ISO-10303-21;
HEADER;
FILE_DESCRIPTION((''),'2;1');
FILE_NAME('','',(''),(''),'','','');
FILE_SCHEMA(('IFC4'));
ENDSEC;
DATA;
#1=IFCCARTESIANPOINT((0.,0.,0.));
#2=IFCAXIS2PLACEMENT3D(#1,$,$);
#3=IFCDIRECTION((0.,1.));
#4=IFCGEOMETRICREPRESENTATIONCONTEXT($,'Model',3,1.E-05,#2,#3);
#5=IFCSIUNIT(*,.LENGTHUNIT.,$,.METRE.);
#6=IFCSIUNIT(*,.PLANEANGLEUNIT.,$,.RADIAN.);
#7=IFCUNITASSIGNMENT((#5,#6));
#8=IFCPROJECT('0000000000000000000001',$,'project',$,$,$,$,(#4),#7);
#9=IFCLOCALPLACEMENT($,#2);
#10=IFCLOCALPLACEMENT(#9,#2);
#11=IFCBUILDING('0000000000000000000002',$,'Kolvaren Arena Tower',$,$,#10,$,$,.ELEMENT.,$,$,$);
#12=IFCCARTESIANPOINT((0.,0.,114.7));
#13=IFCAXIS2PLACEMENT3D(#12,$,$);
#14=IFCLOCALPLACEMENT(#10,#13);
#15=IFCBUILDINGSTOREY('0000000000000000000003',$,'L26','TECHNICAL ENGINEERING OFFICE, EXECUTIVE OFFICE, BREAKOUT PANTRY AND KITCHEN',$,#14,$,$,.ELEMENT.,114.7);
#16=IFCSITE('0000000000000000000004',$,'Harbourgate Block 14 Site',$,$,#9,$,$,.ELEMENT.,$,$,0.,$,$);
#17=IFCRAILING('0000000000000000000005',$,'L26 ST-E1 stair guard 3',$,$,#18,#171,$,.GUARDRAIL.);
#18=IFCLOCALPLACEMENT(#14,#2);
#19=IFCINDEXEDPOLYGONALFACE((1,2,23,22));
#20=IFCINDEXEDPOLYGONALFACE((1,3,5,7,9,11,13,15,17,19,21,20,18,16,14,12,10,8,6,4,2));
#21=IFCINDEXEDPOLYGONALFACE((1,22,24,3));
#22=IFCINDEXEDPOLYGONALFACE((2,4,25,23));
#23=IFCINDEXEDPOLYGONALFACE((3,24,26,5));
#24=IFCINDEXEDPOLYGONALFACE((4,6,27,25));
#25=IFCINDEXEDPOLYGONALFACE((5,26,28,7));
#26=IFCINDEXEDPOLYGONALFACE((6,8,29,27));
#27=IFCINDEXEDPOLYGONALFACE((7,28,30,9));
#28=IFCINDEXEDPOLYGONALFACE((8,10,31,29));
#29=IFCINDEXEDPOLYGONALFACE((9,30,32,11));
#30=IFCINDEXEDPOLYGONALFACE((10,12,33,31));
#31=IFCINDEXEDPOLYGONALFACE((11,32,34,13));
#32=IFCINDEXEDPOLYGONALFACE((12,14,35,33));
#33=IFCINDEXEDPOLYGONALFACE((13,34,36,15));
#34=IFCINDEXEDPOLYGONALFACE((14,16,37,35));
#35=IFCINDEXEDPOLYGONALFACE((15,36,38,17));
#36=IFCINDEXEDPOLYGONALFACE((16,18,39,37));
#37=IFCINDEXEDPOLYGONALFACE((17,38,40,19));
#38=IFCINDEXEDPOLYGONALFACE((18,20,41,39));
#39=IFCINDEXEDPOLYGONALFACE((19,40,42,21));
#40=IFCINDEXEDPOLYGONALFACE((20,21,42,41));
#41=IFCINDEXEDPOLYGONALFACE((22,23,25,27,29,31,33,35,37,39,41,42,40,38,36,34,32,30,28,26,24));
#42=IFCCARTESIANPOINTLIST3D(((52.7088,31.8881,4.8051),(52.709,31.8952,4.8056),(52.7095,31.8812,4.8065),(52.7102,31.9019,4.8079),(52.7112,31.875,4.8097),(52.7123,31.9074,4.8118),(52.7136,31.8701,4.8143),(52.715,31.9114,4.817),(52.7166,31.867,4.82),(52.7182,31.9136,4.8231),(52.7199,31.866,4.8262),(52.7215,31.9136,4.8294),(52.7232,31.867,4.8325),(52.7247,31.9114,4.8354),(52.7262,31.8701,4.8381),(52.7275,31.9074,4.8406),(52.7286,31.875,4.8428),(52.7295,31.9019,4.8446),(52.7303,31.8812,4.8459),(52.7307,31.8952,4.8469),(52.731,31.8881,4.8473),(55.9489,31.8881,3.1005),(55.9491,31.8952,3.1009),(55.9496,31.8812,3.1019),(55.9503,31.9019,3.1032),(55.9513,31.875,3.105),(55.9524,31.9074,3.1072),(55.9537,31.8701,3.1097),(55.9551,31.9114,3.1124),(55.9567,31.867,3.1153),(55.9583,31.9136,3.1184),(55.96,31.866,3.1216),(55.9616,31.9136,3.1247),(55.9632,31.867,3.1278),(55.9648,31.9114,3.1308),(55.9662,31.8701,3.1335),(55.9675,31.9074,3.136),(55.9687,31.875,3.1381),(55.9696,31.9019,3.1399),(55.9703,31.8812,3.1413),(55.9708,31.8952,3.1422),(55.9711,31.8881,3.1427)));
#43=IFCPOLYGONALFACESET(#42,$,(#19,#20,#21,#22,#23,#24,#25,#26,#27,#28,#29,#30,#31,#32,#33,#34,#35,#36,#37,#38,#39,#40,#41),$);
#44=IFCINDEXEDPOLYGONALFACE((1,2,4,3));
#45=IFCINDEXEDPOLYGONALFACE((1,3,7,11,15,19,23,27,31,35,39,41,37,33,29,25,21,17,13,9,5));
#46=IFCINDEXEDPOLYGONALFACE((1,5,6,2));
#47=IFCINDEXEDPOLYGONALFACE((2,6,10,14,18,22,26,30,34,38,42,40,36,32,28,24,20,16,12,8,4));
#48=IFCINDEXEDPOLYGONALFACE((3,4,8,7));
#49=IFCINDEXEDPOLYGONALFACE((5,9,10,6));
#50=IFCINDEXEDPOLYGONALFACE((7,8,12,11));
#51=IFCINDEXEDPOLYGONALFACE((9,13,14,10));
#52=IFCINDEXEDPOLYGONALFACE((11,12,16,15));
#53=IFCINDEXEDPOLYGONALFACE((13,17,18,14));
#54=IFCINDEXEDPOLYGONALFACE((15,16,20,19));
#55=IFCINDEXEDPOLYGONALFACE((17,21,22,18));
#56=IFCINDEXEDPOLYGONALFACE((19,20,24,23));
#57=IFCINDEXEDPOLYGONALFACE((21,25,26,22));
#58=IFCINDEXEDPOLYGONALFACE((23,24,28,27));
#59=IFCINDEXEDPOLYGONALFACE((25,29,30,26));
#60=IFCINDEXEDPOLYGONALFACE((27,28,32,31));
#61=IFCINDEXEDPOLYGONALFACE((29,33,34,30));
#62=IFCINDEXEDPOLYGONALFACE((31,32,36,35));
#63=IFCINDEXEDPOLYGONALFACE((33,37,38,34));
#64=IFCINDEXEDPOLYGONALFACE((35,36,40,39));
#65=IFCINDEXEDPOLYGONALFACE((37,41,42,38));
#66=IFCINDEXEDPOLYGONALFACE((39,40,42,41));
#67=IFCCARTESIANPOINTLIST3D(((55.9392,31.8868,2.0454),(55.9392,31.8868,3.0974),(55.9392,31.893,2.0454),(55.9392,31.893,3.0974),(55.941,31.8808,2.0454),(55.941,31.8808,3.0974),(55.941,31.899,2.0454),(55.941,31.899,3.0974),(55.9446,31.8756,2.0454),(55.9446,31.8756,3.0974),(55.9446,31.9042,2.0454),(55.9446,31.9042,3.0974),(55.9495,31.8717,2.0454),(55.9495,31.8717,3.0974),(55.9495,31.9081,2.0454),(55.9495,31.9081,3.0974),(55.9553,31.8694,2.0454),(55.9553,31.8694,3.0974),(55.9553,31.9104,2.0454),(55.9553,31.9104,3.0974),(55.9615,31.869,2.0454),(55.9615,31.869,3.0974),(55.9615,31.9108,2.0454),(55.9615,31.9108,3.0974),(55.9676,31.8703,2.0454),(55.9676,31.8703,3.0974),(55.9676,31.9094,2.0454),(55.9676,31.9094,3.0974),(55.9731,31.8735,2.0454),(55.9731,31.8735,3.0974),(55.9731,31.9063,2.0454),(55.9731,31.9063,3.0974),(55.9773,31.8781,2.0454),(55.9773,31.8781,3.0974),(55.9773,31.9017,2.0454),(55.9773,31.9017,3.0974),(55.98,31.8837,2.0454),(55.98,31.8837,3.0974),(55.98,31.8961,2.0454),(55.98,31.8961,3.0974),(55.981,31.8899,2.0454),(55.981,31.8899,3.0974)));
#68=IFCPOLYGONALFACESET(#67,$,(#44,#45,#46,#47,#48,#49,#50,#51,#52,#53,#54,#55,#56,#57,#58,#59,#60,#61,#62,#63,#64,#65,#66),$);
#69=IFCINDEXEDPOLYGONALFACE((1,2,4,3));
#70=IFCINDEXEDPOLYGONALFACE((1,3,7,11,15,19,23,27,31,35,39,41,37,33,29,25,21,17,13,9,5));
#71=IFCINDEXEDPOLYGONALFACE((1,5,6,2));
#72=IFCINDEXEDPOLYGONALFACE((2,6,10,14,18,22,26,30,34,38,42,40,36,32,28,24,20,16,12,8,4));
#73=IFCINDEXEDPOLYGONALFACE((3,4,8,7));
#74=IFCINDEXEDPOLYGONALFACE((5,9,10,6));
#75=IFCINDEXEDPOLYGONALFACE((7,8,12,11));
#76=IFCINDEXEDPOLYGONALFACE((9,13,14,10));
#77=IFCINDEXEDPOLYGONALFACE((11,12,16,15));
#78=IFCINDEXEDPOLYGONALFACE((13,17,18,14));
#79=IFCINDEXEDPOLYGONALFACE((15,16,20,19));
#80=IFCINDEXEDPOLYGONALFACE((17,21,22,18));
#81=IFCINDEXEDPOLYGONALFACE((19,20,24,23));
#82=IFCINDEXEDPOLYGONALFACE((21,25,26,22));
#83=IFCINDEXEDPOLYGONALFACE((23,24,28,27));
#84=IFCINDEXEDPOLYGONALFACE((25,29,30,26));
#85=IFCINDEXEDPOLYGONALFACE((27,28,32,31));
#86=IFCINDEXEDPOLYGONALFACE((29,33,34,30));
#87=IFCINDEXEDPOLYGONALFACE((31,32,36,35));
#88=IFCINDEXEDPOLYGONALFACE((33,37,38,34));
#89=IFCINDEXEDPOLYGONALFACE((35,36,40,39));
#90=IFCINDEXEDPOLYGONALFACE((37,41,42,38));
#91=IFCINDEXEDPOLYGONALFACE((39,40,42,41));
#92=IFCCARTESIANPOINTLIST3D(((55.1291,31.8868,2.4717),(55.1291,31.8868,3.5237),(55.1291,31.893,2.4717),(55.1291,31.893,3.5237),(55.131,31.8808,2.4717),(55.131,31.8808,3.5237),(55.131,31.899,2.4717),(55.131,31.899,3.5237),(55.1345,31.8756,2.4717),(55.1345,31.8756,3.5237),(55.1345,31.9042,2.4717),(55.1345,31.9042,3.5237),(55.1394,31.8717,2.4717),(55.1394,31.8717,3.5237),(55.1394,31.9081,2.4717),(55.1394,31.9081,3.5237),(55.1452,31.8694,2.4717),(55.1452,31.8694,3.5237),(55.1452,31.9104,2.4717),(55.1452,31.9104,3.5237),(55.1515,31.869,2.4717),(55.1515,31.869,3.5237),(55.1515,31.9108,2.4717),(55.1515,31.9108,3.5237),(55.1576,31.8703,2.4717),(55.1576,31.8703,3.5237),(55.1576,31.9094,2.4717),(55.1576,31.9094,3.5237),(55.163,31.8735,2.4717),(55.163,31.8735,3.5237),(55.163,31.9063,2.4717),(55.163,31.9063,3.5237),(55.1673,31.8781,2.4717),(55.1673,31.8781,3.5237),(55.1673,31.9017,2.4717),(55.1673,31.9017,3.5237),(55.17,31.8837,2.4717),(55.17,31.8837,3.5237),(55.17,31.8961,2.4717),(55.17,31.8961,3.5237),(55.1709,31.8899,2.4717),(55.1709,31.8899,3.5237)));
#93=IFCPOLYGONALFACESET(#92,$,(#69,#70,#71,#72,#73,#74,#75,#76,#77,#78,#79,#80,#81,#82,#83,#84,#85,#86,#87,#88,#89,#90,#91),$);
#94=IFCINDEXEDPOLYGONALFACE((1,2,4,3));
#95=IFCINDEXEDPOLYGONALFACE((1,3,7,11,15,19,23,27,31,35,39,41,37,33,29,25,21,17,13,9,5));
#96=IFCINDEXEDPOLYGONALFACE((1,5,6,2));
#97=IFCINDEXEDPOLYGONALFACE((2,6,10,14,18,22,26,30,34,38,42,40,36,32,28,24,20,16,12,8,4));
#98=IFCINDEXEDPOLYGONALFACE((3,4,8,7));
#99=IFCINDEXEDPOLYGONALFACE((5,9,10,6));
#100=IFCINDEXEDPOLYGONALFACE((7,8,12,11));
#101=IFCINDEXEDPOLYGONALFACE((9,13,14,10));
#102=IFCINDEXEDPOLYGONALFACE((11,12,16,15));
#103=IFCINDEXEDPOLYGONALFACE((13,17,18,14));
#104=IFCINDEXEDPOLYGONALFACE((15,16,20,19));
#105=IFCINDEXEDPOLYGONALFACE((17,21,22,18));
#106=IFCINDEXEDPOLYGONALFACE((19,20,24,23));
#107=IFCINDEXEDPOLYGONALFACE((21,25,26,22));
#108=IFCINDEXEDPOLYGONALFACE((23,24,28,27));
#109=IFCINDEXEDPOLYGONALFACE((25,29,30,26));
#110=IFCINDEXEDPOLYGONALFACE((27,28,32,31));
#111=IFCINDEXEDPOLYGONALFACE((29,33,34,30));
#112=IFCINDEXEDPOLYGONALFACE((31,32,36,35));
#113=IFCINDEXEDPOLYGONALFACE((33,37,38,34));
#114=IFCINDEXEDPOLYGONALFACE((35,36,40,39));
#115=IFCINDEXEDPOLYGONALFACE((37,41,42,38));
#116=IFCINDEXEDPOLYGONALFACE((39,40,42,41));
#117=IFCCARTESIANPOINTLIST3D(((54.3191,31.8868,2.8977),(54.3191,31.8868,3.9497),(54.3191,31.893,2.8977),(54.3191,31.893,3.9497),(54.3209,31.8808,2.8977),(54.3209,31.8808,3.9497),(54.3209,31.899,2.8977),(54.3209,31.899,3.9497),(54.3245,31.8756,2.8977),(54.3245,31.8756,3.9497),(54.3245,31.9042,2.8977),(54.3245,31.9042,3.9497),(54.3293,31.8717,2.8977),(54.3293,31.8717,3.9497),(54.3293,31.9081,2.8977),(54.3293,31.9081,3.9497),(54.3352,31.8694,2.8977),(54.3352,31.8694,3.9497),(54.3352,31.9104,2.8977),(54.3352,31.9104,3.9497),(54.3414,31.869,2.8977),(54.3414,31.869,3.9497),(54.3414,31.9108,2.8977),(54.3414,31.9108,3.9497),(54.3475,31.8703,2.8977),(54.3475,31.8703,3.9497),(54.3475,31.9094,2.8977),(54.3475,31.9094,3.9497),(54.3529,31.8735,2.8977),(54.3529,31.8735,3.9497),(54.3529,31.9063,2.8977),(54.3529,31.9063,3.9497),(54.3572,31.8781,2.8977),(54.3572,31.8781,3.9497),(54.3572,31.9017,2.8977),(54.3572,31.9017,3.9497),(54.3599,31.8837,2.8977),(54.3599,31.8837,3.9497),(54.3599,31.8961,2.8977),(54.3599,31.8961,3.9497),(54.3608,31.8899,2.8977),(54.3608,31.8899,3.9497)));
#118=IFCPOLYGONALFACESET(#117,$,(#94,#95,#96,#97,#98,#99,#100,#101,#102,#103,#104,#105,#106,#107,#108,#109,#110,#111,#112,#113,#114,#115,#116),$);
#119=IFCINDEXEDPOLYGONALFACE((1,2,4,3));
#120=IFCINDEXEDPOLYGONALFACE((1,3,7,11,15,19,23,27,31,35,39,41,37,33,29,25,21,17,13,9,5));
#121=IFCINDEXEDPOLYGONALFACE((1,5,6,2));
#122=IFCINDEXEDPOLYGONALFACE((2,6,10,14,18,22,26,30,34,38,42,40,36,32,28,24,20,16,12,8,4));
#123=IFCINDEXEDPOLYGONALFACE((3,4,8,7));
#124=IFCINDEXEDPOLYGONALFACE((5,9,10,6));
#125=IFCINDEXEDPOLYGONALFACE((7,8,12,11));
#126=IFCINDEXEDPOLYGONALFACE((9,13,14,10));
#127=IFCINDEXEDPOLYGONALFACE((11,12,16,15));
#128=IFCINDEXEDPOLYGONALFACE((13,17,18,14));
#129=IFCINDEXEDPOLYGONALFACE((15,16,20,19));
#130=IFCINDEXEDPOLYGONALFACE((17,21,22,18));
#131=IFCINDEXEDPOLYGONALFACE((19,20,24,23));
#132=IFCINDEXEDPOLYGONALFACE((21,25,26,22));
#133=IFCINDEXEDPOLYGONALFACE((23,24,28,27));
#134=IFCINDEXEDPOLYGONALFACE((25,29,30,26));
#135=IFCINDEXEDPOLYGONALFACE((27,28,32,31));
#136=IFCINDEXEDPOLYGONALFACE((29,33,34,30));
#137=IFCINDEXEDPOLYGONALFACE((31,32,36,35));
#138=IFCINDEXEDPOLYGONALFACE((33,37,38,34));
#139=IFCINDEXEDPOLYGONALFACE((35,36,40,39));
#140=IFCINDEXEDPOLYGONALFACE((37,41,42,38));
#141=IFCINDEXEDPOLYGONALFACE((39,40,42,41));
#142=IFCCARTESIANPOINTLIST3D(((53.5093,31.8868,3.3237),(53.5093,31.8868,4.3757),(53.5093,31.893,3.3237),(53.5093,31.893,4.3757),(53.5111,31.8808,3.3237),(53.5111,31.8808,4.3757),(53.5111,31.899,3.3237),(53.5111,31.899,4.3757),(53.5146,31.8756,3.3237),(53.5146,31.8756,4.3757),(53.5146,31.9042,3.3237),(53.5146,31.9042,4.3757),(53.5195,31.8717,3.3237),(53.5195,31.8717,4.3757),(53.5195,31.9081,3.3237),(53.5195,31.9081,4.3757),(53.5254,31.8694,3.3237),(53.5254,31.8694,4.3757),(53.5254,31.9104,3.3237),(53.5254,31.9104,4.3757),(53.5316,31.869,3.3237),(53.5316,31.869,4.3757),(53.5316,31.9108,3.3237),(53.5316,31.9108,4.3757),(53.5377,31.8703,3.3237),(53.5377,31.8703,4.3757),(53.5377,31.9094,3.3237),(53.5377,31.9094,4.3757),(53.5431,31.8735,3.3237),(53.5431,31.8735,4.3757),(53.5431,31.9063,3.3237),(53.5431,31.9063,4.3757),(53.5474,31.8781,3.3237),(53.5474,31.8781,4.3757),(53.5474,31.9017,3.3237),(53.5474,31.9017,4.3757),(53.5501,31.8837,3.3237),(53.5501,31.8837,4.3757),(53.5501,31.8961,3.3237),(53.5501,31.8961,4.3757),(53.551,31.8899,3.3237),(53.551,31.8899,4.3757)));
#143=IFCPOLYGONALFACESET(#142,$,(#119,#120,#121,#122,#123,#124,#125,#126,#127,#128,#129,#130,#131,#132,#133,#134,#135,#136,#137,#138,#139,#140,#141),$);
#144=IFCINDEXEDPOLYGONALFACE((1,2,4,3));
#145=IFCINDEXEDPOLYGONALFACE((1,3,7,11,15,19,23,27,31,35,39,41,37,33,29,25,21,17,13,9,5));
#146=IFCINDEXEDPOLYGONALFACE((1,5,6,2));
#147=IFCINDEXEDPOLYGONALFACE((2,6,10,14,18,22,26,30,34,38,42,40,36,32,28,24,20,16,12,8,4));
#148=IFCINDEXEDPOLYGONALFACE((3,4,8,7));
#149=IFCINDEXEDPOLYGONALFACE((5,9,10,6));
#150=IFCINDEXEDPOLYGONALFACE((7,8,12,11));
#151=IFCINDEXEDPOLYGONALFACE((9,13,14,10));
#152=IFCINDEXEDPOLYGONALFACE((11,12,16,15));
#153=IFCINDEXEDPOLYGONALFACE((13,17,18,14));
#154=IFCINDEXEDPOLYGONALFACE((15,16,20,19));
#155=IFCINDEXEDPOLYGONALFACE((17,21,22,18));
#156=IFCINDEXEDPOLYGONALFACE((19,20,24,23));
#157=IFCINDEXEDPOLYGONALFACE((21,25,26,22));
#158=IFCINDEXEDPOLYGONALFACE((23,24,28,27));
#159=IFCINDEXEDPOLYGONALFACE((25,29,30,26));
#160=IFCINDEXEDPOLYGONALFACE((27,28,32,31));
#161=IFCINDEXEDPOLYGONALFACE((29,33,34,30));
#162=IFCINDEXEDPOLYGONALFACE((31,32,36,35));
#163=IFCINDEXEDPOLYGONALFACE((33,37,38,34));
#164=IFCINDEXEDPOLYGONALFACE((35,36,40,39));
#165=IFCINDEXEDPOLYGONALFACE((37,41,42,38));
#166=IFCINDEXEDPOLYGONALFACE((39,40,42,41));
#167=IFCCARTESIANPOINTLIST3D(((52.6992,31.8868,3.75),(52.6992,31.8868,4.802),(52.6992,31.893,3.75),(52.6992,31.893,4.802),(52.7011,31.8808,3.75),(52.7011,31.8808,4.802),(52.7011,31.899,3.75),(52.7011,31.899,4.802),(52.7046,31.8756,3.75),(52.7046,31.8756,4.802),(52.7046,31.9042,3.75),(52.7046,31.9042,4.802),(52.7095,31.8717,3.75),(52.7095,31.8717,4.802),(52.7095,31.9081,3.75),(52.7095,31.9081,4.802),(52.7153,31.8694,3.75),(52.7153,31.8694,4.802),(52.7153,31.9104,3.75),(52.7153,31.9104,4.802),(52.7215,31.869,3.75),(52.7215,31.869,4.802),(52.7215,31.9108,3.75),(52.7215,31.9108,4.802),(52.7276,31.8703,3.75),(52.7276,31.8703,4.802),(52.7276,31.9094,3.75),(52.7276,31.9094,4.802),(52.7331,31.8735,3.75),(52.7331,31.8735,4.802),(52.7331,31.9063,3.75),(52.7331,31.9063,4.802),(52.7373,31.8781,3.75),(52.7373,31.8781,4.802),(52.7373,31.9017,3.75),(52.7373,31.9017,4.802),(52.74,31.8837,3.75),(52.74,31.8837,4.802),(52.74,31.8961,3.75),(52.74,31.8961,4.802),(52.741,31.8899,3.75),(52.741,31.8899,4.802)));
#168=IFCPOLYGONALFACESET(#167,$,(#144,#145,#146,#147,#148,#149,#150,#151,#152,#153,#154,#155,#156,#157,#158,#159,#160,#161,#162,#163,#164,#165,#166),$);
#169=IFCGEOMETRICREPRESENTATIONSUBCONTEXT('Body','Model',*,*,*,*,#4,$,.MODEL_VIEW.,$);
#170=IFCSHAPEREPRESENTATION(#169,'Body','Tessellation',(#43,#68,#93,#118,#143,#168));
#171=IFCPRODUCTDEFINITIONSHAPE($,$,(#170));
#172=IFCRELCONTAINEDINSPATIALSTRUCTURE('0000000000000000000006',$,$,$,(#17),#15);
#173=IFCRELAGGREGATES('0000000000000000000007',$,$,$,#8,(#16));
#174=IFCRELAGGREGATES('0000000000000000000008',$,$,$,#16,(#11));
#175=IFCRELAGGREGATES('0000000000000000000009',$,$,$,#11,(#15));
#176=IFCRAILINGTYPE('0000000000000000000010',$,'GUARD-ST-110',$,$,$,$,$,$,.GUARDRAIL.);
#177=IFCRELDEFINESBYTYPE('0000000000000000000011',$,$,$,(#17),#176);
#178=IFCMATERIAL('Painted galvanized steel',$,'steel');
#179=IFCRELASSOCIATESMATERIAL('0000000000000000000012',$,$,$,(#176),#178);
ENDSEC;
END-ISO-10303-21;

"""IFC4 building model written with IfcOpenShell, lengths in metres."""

from ifc_helpers import new_model, si_unit, direction, frame, origin, origin_2d, place, context, subcontext, project, spatial, circle, extrude, material, type_object, element, save


model = new_model("IFC4")

# Units and contexts
model_context = context("Model", 3, precision=1e-05, world=origin(), true_north=direction((0.0, 1.0)))
body_context = subcontext(model_context, "Body", "Model", "MODEL_VIEW")
ifc_project = project(units=[si_unit("LENGTHUNIT", "METRE"), si_unit("PLANEANGLEUNIT", "RADIAN")], contexts=[model_context])

# Site, building, storey
site_placement = place(None, origin())
site = spatial("IfcSite", under=ifc_project, at=site_placement, Name="Harbourgate Block 14 Site", CompositionType="ELEMENT", RefElevation=0.0)
building_placement = place(site_placement, origin())
building = spatial("IfcBuilding", under=site, at=building_placement, Name="Kolvaren Arena Tower", CompositionType="ELEMENT")
storey_placement = place(building_placement, frame((0.0, 0.0, 114.7)))
storey = spatial("IfcBuildingStorey", under=building, at=storey_placement, Name="L26", Description="TECHNICAL ENGINEERING OFFICE, EXECUTIVE OFFICE, BREAKOUT PANTRY AND KITCHEN", CompositionType="ELEMENT", Elevation=114.7)

# Railing
ifc_material_1 = material(Name="Painted galvanized steel", Category="steel")
railing_type_1 = type_object("IfcRailingType", Name="GUARD-ST-110", PredefinedType="GUARDRAIL", material=ifc_material_1)
railing_1_placement = place(storey_placement, frame((55.96, 31.8899, 2.0454)))
element("IfcRailing", 1, at=railing_1_placement, inside=storey, type_object=railing_type_1, Name="L26 ST-E1 stair guard 3", PredefinedType="GUARDRAIL", context=body_context, shape_type="SweptSolid", body=[
    extrude(circle(Radius=0.0239, at=origin_2d()), frame((0.0, 0.0, 1.0762), z_axis=(-0.884993, 0.0, 0.465604), x_axis=(0.0, -1.0, 0.0)), (0.0, 0.0, 1.0), 3.6611),
    extrude(circle(Radius=0.021, at=origin_2d()), origin(), (0.0, 0.0, 1.0), 1.052),
    extrude(circle(Radius=0.021, at=origin_2d()), frame((-0.8101, 0.0, 0.4263)), (0.0, 0.0, 1.0), 1.052),
    extrude(circle(Radius=0.021, at=origin_2d()), frame((-1.6201, 0.0, 0.8523)), (0.0, 0.0, 1.0), 1.052),
    extrude(circle(Radius=0.021, at=origin_2d()), frame((-2.4299, 0.0, 1.2783)), (0.0, 0.0, 1.0), 1.052),
    extrude(circle(Radius=0.021, at=origin_2d()), frame((-3.24, 0.0, 1.7046)), (0.0, 0.0, 1.0), 1.052),
])

save(model, "model.ifc")
